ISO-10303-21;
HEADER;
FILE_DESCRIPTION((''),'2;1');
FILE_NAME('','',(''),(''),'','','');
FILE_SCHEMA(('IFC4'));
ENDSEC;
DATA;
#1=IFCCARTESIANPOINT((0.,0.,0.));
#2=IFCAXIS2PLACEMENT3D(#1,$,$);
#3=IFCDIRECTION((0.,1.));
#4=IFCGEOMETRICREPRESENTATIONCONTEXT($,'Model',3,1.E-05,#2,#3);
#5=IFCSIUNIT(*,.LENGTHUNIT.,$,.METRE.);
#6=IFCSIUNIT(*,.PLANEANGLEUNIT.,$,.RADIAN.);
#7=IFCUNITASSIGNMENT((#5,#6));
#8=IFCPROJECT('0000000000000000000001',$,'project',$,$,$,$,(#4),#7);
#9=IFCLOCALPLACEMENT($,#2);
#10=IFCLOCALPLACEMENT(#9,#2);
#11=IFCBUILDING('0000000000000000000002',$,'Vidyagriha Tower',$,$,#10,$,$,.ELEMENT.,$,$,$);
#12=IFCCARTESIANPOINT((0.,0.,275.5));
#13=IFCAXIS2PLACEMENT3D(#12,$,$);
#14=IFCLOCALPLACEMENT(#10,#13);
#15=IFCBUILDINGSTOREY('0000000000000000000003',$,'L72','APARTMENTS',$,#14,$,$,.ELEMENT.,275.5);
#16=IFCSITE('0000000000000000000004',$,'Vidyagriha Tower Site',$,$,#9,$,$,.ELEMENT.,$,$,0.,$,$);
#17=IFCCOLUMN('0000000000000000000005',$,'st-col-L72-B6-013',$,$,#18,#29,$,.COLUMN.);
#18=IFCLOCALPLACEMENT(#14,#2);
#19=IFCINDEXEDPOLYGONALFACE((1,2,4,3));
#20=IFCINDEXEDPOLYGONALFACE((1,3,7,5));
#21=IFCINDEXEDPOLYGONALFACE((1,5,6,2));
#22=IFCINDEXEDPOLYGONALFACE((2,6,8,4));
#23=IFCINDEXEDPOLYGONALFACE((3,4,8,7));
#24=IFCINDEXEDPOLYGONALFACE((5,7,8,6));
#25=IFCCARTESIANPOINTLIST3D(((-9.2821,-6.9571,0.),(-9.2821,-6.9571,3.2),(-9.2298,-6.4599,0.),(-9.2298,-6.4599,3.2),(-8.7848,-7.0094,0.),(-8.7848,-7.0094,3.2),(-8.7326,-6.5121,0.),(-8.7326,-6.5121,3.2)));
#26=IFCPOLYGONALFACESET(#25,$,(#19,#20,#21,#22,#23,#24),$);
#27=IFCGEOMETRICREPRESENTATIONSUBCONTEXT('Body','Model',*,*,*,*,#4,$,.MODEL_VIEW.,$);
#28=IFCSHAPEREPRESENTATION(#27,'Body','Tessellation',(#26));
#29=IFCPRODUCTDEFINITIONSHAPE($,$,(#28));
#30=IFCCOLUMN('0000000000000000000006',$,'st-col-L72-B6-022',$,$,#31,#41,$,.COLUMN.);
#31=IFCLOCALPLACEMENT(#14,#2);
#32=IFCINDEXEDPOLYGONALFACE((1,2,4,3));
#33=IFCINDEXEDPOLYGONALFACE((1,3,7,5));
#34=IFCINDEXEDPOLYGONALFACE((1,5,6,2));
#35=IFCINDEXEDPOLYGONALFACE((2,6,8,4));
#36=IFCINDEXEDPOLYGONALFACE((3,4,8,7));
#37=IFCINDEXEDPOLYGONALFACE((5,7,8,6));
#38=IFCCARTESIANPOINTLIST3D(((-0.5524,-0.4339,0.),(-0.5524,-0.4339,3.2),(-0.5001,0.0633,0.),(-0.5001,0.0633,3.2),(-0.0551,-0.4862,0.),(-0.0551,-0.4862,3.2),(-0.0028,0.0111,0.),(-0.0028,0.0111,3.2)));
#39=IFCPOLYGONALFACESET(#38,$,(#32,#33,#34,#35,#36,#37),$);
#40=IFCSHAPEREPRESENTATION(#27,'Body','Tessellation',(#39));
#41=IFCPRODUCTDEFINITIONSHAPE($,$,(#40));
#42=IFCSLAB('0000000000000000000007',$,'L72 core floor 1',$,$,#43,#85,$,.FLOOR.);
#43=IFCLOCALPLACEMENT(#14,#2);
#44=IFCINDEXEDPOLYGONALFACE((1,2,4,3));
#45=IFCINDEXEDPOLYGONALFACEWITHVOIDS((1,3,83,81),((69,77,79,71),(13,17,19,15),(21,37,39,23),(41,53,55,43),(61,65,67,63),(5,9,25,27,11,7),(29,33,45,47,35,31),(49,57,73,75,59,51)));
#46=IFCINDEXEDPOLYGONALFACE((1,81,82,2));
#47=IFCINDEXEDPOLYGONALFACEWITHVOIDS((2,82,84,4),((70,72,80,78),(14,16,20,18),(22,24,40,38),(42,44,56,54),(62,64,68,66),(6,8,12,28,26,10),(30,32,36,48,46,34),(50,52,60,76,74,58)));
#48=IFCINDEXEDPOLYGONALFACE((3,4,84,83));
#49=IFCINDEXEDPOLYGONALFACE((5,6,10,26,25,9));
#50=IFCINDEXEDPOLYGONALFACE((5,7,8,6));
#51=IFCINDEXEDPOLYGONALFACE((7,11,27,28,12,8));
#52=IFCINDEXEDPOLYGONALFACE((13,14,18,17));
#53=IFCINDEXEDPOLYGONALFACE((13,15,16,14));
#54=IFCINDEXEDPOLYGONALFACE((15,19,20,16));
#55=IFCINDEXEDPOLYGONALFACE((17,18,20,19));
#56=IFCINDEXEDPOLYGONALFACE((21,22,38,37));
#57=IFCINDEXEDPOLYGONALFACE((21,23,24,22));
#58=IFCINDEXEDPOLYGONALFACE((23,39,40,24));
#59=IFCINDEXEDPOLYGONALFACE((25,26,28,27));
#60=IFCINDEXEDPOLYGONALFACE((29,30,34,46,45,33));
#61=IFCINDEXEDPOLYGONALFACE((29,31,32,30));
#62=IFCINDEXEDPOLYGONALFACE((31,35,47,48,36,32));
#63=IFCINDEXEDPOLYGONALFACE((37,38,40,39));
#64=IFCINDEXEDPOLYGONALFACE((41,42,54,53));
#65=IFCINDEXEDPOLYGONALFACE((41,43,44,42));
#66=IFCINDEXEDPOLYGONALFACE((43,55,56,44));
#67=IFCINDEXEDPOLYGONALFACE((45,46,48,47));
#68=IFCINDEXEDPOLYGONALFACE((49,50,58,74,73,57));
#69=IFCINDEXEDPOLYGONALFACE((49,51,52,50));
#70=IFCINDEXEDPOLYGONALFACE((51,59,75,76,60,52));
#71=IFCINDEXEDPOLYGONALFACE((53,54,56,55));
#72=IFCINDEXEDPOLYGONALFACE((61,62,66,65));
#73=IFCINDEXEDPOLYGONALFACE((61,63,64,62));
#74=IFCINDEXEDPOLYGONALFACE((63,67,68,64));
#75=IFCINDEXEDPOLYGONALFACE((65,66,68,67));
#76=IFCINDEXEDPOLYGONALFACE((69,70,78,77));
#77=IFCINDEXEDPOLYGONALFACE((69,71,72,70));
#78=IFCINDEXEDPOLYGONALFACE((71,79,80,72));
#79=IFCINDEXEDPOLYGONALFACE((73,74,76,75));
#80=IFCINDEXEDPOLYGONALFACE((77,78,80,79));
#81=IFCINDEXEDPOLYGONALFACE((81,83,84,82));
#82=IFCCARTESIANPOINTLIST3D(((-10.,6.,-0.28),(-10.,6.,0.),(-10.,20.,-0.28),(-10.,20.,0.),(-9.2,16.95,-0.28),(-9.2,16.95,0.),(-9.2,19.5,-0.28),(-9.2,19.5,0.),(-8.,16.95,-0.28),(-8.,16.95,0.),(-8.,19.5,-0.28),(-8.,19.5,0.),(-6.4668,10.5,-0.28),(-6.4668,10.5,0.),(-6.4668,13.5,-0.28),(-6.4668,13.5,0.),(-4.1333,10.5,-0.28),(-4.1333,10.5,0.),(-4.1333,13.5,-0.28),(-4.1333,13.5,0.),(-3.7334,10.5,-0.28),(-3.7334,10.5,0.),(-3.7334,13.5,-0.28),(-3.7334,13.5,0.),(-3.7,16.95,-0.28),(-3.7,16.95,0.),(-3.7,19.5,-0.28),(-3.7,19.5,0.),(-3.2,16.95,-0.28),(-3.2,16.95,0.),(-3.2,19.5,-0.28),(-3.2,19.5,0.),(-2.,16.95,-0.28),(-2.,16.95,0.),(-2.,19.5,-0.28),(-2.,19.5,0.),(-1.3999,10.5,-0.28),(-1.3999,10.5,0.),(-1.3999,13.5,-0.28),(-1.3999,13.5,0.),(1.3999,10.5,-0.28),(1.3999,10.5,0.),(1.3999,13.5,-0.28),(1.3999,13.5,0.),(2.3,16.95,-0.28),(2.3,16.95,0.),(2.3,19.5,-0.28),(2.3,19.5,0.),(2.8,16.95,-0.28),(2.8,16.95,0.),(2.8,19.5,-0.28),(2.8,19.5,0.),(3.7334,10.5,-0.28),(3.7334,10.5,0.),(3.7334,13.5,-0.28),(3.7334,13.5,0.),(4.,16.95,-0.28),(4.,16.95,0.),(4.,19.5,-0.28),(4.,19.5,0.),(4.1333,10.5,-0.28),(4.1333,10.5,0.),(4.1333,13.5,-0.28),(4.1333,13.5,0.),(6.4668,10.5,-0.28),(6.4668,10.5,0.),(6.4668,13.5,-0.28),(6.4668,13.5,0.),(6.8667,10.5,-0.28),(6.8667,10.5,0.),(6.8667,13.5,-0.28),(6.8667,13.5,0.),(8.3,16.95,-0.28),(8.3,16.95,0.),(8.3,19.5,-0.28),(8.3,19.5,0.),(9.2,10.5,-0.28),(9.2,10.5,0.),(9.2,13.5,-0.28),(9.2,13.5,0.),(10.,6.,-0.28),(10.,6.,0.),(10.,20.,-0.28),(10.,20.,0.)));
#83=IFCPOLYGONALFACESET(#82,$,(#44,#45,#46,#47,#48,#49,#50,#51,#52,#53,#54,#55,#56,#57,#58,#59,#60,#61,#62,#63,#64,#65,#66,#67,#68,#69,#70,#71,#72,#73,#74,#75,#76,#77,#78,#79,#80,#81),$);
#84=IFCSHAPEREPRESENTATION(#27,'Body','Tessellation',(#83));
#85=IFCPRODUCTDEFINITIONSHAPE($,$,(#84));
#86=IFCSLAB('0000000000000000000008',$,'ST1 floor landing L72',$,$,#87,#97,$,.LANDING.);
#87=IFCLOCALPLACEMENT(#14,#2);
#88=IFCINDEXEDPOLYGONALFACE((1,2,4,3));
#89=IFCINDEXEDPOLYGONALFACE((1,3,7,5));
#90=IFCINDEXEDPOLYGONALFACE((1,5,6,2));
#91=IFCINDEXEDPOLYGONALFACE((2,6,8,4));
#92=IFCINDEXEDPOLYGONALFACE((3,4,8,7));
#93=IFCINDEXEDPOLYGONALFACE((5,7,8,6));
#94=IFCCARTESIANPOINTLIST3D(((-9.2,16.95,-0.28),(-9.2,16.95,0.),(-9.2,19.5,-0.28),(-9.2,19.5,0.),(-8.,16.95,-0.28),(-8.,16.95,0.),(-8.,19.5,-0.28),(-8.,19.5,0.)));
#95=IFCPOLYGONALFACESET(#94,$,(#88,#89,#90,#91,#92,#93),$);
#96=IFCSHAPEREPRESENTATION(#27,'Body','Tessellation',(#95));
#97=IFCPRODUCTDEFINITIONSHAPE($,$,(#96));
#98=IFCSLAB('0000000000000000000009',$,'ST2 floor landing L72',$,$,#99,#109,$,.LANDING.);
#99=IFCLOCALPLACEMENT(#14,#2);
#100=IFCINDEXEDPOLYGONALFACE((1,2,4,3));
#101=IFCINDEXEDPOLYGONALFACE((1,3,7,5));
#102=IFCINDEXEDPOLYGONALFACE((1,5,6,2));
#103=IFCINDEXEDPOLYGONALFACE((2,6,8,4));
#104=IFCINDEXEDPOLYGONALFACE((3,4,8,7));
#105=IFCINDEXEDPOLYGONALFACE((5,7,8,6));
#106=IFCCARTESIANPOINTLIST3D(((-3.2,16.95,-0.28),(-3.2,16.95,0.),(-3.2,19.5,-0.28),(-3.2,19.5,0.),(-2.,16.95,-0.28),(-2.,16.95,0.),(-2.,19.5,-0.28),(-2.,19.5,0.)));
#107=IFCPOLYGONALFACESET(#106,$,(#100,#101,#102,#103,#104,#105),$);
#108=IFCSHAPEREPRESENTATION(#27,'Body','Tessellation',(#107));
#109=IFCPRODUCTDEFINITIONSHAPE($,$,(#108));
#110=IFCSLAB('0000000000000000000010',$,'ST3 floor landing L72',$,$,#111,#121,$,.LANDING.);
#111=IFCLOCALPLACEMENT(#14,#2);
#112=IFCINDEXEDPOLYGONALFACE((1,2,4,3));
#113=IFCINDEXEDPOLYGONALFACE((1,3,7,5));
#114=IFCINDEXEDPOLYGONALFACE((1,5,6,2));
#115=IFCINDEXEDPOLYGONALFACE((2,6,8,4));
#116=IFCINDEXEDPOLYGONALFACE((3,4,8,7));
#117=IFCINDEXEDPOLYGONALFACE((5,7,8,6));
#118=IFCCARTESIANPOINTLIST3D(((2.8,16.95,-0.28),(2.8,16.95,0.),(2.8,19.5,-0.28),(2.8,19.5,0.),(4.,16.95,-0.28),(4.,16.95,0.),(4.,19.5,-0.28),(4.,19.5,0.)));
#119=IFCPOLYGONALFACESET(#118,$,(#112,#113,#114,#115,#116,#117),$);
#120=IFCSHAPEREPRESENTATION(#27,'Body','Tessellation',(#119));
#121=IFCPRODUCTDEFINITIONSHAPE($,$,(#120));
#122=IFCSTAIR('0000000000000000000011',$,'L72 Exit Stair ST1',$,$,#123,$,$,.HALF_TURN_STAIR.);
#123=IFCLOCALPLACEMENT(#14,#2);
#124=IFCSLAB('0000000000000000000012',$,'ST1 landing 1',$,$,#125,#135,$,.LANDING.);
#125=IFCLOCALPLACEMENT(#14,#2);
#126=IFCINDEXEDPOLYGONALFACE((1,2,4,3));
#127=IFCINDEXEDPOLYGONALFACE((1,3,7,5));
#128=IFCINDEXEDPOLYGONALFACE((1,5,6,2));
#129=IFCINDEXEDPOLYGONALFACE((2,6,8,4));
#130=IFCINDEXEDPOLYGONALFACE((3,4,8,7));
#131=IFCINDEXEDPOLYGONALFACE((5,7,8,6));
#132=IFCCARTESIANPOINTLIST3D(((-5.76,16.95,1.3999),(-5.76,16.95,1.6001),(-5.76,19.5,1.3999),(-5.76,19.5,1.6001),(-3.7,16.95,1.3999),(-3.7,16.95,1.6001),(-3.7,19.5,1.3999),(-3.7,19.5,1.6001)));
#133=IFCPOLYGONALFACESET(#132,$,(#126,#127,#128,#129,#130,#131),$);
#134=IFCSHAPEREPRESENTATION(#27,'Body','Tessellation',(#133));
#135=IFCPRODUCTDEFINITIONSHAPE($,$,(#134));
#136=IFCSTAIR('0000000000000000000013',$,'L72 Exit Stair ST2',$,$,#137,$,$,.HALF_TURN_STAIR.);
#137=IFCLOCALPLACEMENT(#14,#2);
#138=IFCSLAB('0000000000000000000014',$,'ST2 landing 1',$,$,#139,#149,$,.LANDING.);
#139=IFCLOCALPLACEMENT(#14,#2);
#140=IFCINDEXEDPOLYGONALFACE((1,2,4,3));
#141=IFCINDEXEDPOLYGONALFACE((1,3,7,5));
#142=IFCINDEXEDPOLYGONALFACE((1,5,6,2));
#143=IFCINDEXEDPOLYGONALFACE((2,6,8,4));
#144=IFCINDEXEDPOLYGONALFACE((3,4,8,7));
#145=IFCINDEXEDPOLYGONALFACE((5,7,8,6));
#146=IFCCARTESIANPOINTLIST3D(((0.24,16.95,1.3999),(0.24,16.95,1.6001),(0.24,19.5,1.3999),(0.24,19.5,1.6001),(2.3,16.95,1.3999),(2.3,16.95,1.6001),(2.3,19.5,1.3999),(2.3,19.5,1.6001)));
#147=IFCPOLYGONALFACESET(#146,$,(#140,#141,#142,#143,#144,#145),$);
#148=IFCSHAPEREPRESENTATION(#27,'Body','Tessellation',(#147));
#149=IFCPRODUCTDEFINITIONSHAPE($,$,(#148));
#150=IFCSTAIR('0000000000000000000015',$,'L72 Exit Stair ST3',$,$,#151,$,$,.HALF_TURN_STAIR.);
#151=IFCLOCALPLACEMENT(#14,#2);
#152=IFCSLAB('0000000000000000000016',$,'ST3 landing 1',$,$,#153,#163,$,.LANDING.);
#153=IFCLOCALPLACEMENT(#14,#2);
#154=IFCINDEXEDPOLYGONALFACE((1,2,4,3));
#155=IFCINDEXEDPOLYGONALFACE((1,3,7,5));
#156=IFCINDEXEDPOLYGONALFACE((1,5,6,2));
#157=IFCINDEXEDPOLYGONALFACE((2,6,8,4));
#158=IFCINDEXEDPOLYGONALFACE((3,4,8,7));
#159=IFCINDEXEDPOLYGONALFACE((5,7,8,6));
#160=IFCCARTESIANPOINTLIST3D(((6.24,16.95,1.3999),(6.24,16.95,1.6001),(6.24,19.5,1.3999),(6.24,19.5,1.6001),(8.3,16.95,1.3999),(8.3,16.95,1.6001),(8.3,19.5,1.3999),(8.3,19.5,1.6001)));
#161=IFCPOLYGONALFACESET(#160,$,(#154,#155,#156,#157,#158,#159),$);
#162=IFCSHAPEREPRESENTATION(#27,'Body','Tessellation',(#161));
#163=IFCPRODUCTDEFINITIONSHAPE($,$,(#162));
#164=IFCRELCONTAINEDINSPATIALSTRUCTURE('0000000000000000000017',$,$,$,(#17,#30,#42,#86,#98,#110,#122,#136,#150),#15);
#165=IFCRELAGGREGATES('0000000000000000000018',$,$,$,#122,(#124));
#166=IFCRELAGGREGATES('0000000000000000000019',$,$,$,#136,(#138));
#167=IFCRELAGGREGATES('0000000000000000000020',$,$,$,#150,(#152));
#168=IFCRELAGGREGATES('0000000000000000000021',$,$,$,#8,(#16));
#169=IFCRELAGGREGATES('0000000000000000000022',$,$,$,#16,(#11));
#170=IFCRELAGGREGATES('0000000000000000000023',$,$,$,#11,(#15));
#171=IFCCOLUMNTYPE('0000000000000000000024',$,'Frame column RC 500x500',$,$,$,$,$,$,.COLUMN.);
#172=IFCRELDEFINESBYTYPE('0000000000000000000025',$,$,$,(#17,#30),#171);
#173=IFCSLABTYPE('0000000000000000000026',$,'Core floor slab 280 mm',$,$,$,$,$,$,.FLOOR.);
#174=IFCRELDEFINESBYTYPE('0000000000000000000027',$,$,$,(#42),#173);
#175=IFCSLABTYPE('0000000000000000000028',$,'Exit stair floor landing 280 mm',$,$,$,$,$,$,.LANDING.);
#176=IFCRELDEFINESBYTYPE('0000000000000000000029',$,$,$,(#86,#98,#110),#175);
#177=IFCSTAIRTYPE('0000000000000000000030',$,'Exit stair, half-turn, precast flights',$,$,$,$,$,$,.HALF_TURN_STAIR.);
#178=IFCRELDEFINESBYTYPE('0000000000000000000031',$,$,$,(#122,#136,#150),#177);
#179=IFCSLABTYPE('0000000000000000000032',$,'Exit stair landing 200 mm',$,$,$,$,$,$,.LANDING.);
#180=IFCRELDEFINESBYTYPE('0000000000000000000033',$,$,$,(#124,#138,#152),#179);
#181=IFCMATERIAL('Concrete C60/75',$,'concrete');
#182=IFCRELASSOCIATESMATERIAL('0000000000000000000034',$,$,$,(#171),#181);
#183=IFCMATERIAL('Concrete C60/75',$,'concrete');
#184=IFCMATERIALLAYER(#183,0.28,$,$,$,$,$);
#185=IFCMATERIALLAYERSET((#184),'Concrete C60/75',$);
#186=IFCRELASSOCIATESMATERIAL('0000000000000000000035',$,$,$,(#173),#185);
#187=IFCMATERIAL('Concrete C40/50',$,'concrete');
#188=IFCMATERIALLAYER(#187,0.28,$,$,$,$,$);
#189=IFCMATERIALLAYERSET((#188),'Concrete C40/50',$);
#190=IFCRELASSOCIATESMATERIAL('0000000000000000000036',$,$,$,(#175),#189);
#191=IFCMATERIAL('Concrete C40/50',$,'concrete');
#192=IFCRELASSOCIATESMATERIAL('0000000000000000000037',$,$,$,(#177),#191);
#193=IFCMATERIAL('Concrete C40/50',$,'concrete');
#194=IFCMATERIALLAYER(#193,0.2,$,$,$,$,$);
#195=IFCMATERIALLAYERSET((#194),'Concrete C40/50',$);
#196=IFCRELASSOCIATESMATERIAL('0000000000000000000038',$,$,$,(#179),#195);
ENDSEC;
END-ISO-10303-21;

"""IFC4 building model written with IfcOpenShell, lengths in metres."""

from ifc_helpers import new_model, si_unit, direction, frame, origin, origin_2d, place, context, subcontext, project, spatial, polyline, rectangle, outline, extrude, material, layer, layer_set, material_profile, profile_set, type_object, element, aggregate, save


model = new_model("IFC4")

# Units and contexts
model_context = context("Model", 3, precision=1e-05, world=origin(), true_north=direction((0.0, 1.0)))
body_context = subcontext(model_context, "Body", "Model", "MODEL_VIEW")
ifc_project = project(units=[si_unit("LENGTHUNIT", "METRE"), si_unit("PLANEANGLEUNIT", "RADIAN")], contexts=[model_context])

# Site, building, storey
site_placement = place(None, origin())
site = spatial("IfcSite", under=ifc_project, at=site_placement, Name="Vidyagriha Tower Site", CompositionType="ELEMENT", RefElevation=0.0)
building_placement = place(site_placement, origin())
building = spatial("IfcBuilding", under=site, at=building_placement, Name="Vidyagriha Tower", CompositionType="ELEMENT")
storey_placement = place(building_placement, frame((0.0, 0.0, 275.5)))
storey = spatial("IfcBuildingStorey", under=building, at=storey_placement, Name="L72", Description="APARTMENTS", CompositionType="ELEMENT", Elevation=275.5)

# Columns
ifc_material_1 = material(Name="Concrete C60/75", Category="concrete")
ifc_material_profile = material_profile(ifc_material_1, rectangle(XDim=0.5, YDim=0.5, at=origin_2d()), Name="RC 500x500")
ifc_profile_set = profile_set([ifc_material_profile], Name="Concrete C60/75")
column_type = type_object("IfcColumnType", Name="Frame column RC 500x500", PredefinedType="COLUMN", material=ifc_profile_set)
for number, where, z_axis, x_axis, name in (
    (1, (-9.0073, -6.7346, 0.0), (0.0, 0.0, 1.0), (0.994522, -0.104528, 0.0), "st-col-L72-B6-013"),
    (2, (-0.2776, -0.2114, 0.0), (0.0, 0.0, 1.0), (0.994522, -0.104528, 0.0), "st-col-L72-B6-022"),
):
    element("IfcColumn", number, at=place(storey_placement, frame(where, z_axis=z_axis, x_axis=x_axis)), inside=storey, type_object=column_type, Name=name, PredefinedType="COLUMN", context=body_context, shape_type="SweptSolid", body=[
        extrude(rectangle(XDim=0.5, YDim=0.5, at=origin_2d()), origin(), (0.0, 0.0, 1.0), 3.2),
    ])

# Slabs
ifc_material_2 = material(Name="Concrete C60/75", Category="concrete")
ifc_layer_1 = layer(ifc_material_2, 0.28)
ifc_layer_set_1 = layer_set([ifc_layer_1], Name="Concrete C60/75")
slab_type_1 = type_object("IfcSlabType", Name="Core floor slab 280 mm", PredefinedType="FLOOR", material=ifc_layer_set_1)
slab_1_placement = place(storey_placement, frame((0.0, 0.0, -0.28)))
element("IfcSlab", 3, at=slab_1_placement, inside=storey, type_object=slab_type_1, Name="L72 core floor 1", PredefinedType="FLOOR", context=body_context, shape_type="SweptSolid", body=[
    extrude(outline(polyline([(-10.0, 6.0), (-10.0, 20.0), (10.0, 20.0), (10.0, 6.0), (-10.0, 6.0)]), holes=[polyline([(6.8667, 13.5), (6.8667, 10.5), (9.2, 10.5), (9.2, 13.5), (6.8667, 13.5)]), polyline([(4.0, 19.5), (2.8, 19.5), (2.8, 16.95), (4.0, 16.95), (8.3, 16.95), (8.3, 19.5), (4.0, 19.5)]), polyline([(6.4668, 13.5), (4.1333, 13.5), (4.1333, 10.5), (6.4668, 10.5), (6.4668, 13.5)]), polyline([(3.7334, 13.5), (1.3999, 13.5), (1.3999, 10.5), (3.7334, 10.5), (3.7334, 13.5)]), polyline([(-2.0, 16.95), (2.3, 16.95), (2.3, 19.5), (-2.0, 19.5), (-3.2, 19.5), (-3.2, 16.95), (-2.0, 16.95)]), polyline([(-3.7334, 13.5), (-3.7334, 10.5), (-1.3999, 10.5), (-1.3999, 13.5), (-3.7334, 13.5)]), polyline([(-9.2, 19.5), (-9.2, 16.95), (-8.0, 16.95), (-3.7, 16.95), (-3.7, 19.5), (-8.0, 19.5), (-9.2, 19.5)]), polyline([(-6.4668, 13.5), (-6.4668, 10.5), (-4.1333, 10.5), (-4.1333, 13.5), (-6.4668, 13.5)])]), origin(), (0.0, 0.0, 1.0), 0.28),
])
ifc_material_3 = material(Name="Concrete C40/50", Category="concrete")
ifc_layer_2 = layer(ifc_material_3, 0.28)
ifc_layer_set_2 = layer_set([ifc_layer_2], Name="Concrete C40/50")
slab_type_2 = type_object("IfcSlabType", Name="Exit stair floor landing 280 mm", PredefinedType="LANDING", material=ifc_layer_set_2)
slab_2_placement = place(storey_placement, frame((0.0, 0.0, -0.28)))
element("IfcSlab", 4, at=slab_2_placement, inside=storey, type_object=slab_type_2, Name="ST1 floor landing L72", PredefinedType="LANDING", context=body_context, shape_type="SweptSolid", body=[
    extrude(outline(polyline([(-9.2, 16.95), (-8.0, 16.95), (-8.0, 19.5), (-9.2, 19.5), (-9.2, 16.95)])), origin(), (0.0, 0.0, 1.0), 0.28),
])
slab_3_placement = place(storey_placement, frame((0.0, 0.0, -0.28)))
element("IfcSlab", 5, at=slab_3_placement, inside=storey, type_object=slab_type_2, Name="ST2 floor landing L72", PredefinedType="LANDING", context=body_context, shape_type="SweptSolid", body=[
    extrude(outline(polyline([(-3.2, 16.95), (-2.0, 16.95), (-2.0, 19.5), (-3.2, 19.5), (-3.2, 16.95)])), origin(), (0.0, 0.0, 1.0), 0.28),
])
slab_4_placement = place(storey_placement, frame((0.0, 0.0, -0.28)))
element("IfcSlab", 6, at=slab_4_placement, inside=storey, type_object=slab_type_2, Name="ST3 floor landing L72", PredefinedType="LANDING", context=body_context, shape_type="SweptSolid", body=[
    extrude(outline(polyline([(2.8, 16.95), (4.0, 16.95), (4.0, 19.5), (2.8, 19.5), (2.8, 16.95)])), origin(), (0.0, 0.0, 1.0), 0.28),
])

# Stairs, slabs
ifc_material_4 = material(Name="Concrete C40/50", Category="concrete")
stair_type = type_object("IfcStairType", Name="Exit stair, half-turn, precast flights", PredefinedType="HALF_TURN_STAIR", material=ifc_material_4)
stair_1_placement = place(storey_placement, origin())
stair_1 = element("IfcStair", 7, at=stair_1_placement, inside=storey, type_object=stair_type, Name="L72 Exit Stair ST1", PredefinedType="HALF_TURN_STAIR")
ifc_material_5 = material(Name="Concrete C40/50", Category="concrete")
ifc_layer_3 = layer(ifc_material_5, 0.2)
ifc_layer_set_3 = layer_set([ifc_layer_3], Name="Concrete C40/50")
slab_type_3 = type_object("IfcSlabType", Name="Exit stair landing 200 mm", PredefinedType="LANDING", material=ifc_layer_set_3)
slab_5_placement = place(storey_placement, frame((0.0, 0.0, 1.3999)))
slab_5 = element("IfcSlab", 8, at=slab_5_placement, type_object=slab_type_3, Name="ST1 landing 1", PredefinedType="LANDING", context=body_context, shape_type="SweptSolid", body=[
    extrude(outline(polyline([(-5.76, 16.95), (-3.7, 16.95), (-3.7, 19.5), (-5.76, 19.5), (-5.76, 16.95)])), origin(), (0.0, 0.0, 1.0), 0.2002),
])
aggregate(stair_1, [slab_5])
stair_2_placement = place(storey_placement, origin())
stair_2 = element("IfcStair", 9, at=stair_2_placement, inside=storey, type_object=stair_type, Name="L72 Exit Stair ST2", PredefinedType="HALF_TURN_STAIR")
slab_6_placement = place(storey_placement, frame((0.0, 0.0, 1.3999)))
slab_6 = element("IfcSlab", 10, at=slab_6_placement, type_object=slab_type_3, Name="ST2 landing 1", PredefinedType="LANDING", context=body_context, shape_type="SweptSolid", body=[
    extrude(outline(polyline([(0.24, 16.95), (2.3, 16.95), (2.3, 19.5), (0.24, 19.5), (0.24, 16.95)])), origin(), (0.0, 0.0, 1.0), 0.2002),
])
aggregate(stair_2, [slab_6])
stair_3_placement = place(storey_placement, origin())
stair_3 = element("IfcStair", 11, at=stair_3_placement, inside=storey, type_object=stair_type, Name="L72 Exit Stair ST3", PredefinedType="HALF_TURN_STAIR")
slab_7_placement = place(storey_placement, frame((0.0, 0.0, 1.3999)))
slab_7 = element("IfcSlab", 12, at=slab_7_placement, type_object=slab_type_3, Name="ST3 landing 1", PredefinedType="LANDING", context=body_context, shape_type="SweptSolid", body=[
    extrude(outline(polyline([(6.24, 16.95), (8.3, 16.95), (8.3, 19.5), (6.24, 19.5), (6.24, 16.95)])), origin(), (0.0, 0.0, 1.0), 0.2002),
])
aggregate(stair_3, [slab_7])

save(model, "model.ifc")
